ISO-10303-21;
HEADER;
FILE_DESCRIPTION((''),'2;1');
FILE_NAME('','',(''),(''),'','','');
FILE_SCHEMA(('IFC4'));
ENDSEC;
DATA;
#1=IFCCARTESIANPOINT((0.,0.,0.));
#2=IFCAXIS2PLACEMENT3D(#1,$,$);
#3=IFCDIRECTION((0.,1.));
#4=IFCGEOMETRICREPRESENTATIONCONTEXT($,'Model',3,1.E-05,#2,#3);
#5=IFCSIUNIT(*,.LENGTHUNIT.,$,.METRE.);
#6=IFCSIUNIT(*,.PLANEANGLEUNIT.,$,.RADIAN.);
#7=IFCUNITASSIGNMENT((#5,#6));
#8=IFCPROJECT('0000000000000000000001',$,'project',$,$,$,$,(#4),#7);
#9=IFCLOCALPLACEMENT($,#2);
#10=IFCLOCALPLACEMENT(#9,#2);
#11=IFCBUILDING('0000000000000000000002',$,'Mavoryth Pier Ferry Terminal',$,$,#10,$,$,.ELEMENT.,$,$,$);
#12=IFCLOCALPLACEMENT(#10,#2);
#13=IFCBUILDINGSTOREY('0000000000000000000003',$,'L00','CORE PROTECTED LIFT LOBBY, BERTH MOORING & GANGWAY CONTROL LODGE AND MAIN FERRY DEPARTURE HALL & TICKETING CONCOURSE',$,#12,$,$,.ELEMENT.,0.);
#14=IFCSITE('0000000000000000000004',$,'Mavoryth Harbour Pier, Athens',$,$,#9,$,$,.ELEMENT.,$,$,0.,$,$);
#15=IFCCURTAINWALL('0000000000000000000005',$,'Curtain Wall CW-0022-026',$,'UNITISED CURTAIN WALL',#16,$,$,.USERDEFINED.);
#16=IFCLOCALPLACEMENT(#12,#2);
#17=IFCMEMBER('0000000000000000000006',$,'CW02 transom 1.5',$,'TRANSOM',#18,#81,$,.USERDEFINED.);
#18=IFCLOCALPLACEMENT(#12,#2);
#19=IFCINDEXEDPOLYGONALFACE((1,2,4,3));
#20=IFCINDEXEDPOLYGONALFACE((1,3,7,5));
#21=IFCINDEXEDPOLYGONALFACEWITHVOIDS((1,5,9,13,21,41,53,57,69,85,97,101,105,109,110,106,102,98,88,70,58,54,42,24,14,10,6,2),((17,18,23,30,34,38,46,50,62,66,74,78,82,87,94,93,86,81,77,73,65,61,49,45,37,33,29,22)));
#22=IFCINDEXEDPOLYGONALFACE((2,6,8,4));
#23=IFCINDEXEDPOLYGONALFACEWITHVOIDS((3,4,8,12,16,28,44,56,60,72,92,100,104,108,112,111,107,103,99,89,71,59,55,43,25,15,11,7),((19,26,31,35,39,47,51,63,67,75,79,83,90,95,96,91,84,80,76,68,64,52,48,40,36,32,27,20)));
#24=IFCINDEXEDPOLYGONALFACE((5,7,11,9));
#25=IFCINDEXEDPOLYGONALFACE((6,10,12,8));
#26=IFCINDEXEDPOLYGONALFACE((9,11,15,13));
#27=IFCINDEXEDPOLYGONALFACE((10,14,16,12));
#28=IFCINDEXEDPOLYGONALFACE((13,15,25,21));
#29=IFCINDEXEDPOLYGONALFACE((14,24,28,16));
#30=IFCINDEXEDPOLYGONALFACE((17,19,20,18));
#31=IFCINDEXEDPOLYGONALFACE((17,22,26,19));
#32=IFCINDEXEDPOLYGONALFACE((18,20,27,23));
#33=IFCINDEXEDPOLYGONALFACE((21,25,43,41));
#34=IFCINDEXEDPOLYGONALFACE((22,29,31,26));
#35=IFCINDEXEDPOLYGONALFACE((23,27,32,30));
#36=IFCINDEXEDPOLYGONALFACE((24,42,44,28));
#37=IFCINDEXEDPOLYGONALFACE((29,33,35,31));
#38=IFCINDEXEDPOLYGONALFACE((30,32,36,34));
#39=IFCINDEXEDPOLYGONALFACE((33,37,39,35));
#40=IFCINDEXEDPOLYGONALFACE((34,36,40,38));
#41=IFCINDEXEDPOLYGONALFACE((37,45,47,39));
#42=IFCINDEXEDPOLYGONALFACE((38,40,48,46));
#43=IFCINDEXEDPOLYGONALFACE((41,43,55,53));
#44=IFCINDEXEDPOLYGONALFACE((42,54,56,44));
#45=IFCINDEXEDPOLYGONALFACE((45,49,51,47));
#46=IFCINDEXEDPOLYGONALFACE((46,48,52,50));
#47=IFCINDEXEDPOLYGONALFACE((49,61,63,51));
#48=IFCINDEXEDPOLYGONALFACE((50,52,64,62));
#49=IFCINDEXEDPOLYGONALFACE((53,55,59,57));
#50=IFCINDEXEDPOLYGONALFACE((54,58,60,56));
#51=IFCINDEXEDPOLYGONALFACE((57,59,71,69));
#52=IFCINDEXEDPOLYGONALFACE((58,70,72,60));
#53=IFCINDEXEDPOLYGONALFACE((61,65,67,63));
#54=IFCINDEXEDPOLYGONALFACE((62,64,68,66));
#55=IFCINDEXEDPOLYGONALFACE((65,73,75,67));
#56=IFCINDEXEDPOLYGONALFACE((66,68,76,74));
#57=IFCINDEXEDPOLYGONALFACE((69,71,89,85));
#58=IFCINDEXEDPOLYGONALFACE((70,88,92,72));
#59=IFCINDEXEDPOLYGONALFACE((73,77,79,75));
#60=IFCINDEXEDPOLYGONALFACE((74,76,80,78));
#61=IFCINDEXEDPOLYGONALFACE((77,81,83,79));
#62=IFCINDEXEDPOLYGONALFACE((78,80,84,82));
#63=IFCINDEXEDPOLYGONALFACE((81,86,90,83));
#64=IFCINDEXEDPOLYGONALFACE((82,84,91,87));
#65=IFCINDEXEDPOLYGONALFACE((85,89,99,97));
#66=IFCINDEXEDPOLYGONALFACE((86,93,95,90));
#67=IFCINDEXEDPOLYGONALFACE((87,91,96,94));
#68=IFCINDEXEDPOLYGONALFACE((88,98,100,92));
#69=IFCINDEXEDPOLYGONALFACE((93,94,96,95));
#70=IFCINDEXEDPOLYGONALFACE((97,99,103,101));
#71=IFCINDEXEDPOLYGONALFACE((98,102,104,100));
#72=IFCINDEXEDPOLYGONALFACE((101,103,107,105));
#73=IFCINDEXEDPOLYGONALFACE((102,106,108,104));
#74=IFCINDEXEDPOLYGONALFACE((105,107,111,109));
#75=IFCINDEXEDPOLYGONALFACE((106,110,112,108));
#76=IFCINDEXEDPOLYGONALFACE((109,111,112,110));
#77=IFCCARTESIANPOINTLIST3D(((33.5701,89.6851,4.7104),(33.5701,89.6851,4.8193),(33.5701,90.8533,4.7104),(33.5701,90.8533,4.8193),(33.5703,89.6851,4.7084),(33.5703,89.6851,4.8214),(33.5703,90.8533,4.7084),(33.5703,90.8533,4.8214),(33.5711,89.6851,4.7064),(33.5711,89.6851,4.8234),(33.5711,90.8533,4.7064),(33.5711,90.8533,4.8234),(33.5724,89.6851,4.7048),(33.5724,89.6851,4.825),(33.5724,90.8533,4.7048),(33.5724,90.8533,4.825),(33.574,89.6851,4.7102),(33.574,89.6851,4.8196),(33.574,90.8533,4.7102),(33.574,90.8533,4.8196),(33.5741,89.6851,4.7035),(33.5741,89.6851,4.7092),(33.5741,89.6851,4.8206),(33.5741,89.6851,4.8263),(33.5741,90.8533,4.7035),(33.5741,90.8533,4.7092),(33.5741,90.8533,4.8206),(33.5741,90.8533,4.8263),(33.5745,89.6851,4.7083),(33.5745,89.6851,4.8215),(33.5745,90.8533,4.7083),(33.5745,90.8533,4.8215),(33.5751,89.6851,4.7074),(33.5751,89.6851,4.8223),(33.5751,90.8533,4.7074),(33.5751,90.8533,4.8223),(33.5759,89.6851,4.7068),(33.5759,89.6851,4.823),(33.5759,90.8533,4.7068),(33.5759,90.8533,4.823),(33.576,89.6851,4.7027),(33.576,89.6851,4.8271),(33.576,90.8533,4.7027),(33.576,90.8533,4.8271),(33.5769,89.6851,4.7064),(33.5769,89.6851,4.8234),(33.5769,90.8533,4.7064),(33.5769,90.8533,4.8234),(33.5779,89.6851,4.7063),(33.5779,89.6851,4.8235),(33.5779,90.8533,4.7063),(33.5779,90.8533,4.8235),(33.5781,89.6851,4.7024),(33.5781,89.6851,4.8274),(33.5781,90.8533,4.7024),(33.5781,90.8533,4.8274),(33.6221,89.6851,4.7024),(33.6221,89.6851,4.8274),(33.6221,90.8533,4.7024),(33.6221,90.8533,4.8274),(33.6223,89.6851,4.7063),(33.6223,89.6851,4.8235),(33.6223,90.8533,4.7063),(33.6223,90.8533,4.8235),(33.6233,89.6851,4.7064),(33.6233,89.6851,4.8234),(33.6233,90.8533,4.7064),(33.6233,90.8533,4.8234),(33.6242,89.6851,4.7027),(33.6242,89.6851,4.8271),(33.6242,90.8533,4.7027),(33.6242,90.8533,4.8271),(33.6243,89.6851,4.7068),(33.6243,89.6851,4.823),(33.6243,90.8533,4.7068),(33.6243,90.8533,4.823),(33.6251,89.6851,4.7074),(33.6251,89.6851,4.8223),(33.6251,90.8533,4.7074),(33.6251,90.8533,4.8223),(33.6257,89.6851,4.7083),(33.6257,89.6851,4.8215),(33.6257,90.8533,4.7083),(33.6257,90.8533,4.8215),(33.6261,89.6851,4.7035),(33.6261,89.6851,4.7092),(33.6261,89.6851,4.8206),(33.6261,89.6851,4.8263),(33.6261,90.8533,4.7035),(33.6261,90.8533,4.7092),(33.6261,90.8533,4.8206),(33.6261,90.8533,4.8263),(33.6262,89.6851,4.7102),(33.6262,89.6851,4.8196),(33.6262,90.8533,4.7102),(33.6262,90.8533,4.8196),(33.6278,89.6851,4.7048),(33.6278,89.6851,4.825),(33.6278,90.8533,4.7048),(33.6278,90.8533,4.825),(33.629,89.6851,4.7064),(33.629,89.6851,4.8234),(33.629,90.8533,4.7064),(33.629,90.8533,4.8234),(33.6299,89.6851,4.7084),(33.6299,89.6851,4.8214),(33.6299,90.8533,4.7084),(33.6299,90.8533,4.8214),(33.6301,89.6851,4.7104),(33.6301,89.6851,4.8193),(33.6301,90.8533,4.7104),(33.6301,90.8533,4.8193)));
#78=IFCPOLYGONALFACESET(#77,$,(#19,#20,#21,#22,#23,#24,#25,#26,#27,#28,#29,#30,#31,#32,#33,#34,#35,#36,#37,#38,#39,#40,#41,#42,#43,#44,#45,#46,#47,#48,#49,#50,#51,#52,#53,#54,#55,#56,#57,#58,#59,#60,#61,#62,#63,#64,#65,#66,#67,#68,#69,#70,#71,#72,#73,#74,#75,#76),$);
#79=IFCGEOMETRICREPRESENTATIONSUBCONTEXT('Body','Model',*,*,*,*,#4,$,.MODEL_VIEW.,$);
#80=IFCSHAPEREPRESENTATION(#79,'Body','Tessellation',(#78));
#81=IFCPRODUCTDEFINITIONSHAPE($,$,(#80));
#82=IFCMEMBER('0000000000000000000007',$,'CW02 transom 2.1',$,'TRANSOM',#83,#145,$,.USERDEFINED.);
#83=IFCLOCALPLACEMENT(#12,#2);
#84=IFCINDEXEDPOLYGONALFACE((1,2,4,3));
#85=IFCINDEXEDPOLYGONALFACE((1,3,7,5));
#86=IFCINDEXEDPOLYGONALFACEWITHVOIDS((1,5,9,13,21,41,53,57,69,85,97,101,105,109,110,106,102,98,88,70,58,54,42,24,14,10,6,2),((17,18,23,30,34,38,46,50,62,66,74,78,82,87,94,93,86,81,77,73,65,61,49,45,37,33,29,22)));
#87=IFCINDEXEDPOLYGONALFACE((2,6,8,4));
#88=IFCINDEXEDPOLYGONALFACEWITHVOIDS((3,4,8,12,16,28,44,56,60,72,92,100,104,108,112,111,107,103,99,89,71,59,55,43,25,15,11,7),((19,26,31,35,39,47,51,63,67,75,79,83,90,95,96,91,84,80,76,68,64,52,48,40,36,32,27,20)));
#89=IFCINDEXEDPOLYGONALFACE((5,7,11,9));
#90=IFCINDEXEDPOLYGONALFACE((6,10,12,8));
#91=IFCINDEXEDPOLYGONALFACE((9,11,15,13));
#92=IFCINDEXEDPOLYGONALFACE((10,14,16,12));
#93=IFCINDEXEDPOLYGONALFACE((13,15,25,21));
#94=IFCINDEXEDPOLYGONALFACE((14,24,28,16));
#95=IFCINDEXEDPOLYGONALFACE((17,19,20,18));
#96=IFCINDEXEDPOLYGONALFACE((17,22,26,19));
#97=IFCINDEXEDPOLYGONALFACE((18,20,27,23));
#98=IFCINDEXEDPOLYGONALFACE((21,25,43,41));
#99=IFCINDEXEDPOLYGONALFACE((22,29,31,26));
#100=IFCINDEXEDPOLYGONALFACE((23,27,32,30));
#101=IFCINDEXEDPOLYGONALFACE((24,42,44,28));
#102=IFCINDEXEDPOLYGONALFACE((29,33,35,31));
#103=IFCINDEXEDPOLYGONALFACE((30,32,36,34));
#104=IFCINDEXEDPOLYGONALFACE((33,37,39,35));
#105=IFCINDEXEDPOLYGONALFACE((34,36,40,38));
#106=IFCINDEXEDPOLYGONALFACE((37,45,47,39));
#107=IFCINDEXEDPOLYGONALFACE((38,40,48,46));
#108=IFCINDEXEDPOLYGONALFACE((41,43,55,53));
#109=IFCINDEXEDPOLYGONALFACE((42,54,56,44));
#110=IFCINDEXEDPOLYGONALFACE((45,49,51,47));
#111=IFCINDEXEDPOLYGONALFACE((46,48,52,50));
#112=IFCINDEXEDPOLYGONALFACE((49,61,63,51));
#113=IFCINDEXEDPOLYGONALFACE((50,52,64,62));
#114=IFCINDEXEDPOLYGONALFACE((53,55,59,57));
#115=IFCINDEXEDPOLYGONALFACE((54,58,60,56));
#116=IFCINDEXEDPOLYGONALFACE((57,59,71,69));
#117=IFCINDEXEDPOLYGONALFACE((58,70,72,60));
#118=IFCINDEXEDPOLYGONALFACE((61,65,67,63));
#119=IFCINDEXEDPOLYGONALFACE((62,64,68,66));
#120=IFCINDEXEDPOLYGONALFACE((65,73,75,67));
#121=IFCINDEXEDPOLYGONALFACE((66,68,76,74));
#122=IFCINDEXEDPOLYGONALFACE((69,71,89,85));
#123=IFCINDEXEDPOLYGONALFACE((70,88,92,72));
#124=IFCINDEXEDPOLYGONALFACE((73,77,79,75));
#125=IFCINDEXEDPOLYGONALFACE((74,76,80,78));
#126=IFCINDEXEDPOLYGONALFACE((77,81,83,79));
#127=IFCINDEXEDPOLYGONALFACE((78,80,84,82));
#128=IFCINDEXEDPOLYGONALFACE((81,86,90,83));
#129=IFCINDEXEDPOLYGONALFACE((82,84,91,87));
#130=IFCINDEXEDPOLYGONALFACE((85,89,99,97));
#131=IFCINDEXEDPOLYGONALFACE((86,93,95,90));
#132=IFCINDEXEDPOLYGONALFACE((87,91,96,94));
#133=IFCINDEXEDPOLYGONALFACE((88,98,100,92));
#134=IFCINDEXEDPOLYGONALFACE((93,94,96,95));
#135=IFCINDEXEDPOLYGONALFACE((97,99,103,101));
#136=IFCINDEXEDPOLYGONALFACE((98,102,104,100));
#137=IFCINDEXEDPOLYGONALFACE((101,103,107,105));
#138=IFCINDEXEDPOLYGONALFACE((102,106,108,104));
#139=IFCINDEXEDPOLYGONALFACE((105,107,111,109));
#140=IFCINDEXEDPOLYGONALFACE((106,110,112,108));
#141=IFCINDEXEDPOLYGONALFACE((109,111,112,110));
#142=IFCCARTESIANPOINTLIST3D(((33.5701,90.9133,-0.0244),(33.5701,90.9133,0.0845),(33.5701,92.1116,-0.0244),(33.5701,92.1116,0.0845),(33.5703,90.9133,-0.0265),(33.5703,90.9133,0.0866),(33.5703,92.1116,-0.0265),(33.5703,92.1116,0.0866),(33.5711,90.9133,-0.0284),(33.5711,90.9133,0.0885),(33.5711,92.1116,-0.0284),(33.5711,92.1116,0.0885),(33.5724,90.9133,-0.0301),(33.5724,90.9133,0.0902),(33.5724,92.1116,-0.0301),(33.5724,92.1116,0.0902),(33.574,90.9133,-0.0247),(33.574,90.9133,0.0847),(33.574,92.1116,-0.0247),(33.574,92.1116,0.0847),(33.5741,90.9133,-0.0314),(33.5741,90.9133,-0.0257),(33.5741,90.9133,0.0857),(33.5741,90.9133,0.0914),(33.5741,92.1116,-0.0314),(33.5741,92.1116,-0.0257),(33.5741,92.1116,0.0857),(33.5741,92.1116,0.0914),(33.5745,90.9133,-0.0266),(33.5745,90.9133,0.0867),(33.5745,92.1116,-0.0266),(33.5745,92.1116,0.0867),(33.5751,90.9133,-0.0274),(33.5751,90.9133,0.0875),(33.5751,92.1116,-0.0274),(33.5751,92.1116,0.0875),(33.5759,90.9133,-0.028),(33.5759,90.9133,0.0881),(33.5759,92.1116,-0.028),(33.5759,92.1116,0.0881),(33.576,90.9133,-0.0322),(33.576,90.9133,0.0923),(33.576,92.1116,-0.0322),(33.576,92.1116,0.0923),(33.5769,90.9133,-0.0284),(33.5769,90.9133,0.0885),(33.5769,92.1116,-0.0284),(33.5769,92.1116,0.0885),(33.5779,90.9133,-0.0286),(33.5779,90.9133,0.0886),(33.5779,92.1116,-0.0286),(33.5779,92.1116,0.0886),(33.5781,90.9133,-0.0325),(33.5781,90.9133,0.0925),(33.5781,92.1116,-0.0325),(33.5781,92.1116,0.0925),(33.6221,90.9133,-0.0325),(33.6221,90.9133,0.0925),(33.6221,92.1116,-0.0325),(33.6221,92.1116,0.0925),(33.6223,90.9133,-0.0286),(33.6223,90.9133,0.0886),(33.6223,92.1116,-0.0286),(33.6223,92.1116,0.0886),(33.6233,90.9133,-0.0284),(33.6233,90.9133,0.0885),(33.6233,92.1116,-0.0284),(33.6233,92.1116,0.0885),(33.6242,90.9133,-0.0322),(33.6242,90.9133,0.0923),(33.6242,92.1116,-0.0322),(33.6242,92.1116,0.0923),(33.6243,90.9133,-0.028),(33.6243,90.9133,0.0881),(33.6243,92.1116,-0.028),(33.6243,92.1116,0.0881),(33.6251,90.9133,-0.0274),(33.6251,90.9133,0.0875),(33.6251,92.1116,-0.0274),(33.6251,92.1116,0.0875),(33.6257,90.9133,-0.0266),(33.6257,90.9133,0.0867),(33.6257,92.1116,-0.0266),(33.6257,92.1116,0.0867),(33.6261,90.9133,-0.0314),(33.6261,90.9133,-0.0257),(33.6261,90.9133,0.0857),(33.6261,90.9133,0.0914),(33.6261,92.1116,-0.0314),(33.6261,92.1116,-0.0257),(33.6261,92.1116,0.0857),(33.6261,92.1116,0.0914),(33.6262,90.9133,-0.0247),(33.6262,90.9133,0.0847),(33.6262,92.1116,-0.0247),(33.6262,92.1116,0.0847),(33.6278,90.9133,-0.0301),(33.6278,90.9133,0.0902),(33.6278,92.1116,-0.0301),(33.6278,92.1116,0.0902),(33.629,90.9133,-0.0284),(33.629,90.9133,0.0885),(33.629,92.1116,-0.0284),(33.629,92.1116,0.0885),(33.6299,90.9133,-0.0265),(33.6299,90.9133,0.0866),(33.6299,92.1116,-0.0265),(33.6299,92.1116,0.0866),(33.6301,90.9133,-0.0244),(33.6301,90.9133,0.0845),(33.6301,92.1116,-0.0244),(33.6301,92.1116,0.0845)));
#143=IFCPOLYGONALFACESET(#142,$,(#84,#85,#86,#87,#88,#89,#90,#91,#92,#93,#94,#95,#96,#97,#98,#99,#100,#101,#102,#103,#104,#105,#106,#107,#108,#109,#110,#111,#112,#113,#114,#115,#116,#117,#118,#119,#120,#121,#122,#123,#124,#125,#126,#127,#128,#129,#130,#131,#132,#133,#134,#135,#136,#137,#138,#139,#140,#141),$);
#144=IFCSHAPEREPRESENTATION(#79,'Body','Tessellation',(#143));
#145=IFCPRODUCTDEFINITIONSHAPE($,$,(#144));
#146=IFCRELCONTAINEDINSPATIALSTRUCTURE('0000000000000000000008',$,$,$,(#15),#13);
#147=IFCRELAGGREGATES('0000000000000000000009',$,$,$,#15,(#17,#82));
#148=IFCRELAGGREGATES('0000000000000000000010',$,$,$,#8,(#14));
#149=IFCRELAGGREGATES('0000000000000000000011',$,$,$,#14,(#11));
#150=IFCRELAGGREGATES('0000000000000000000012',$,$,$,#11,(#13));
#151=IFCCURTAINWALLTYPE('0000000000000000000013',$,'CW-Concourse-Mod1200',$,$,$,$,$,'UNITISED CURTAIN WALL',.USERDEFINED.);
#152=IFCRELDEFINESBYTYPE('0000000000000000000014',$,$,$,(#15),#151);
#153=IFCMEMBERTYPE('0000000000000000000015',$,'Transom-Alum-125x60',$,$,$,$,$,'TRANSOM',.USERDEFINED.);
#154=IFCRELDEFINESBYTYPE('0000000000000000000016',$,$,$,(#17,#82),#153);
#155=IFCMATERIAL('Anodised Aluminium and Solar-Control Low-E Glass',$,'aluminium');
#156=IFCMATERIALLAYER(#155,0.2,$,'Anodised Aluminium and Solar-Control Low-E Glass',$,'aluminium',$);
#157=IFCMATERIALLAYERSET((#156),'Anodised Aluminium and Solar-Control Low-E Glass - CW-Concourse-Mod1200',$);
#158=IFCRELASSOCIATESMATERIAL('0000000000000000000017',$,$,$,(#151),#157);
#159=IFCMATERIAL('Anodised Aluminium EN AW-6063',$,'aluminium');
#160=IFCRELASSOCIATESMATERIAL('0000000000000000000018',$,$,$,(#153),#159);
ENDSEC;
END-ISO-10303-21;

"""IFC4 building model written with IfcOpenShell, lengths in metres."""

from ifc_helpers import new_model, si_unit, direction, frame, origin, origin_2d, place, context, subcontext, project, spatial, hollow_rectangle, extrude, material, layer, layer_set, material_profile, profile_set, type_object, element, aggregate, save


model = new_model("IFC4")

# Units and contexts
model_context = context("Model", 3, precision=1e-05, world=origin(), true_north=direction((0.0, 1.0)))
body_context = subcontext(model_context, "Body", "Model", "MODEL_VIEW")
ifc_project = project(units=[si_unit("LENGTHUNIT", "METRE"), si_unit("PLANEANGLEUNIT", "RADIAN")], contexts=[model_context])

# Site, building, storey
site_placement = place(None, origin())
site = spatial("IfcSite", under=ifc_project, at=site_placement, Name="Mavoryth Harbour Pier, Athens", CompositionType="ELEMENT", RefElevation=0.0)
building_placement = place(site_placement, origin())
building = spatial("IfcBuilding", under=site, at=building_placement, Name="Mavoryth Pier Ferry Terminal", CompositionType="ELEMENT")
storey_placement = place(building_placement, origin())
storey = spatial("IfcBuildingStorey", under=building, at=storey_placement, Name="L00", Description="CORE PROTECTED LIFT LOBBY, BERTH MOORING & GANGWAY CONTROL LODGE AND MAIN FERRY DEPARTURE HALL & TICKETING CONCOURSE", CompositionType="ELEMENT", Elevation=0.0)

# Curtain wall, members
ifc_material_1 = material(Name="Anodised Aluminium and Solar-Control Low-E Glass", Category="aluminium")
ifc_layer_1 = layer(ifc_material_1, 0.2, Name="Anodised Aluminium and Solar-Control Low-E Glass", Category="aluminium")
ifc_layer_set_1 = layer_set([ifc_layer_1], Name="Anodised Aluminium and Solar-Control Low-E Glass - CW-Concourse-Mod1200")
curtain_wall_type = type_object("IfcCurtainWallType", Name="CW-Concourse-Mod1200", ElementType="UNITISED CURTAIN WALL", PredefinedType="USERDEFINED", material=ifc_layer_set_1)
curtain_wall_placement = place(storey_placement, origin())
curtain_wall = element("IfcCurtainWall", 1, at=curtain_wall_placement, inside=storey, type_object=curtain_wall_type, Name="Curtain Wall CW-0022-026", ObjectType="UNITISED CURTAIN WALL", PredefinedType="USERDEFINED")
ifc_material_2 = material(Name="Anodised Aluminium EN AW-6063", Category="aluminium")
ifc_material_profile_1 = material_profile(ifc_material_2, hollow_rectangle(XDim=0.0601, YDim=0.125, WallThickness=0.0039, InnerFilletRadius=0.0039, OuterFilletRadius=0.0081, at=origin_2d()), Name="AL-TRAN 125x60x4", Category="aluminium")
ifc_profile_set_1 = profile_set([ifc_material_profile_1], Name="Anodised Aluminium EN AW-6063 - AL-TRAN 125x60x4")
member_type_1 = type_object("IfcMemberType", Name="Transom-Alum-125x60", ElementType="TRANSOM", PredefinedType="USERDEFINED", material=ifc_profile_set_1)
member_1_placement = place(storey_placement, frame((33.6001, 89.6851, 4.7649), z_axis=(0.0, 1.0, 0.0), x_axis=(-1.0, 0.0, 0.0)))
member_1 = element("IfcMember", 2, at=member_1_placement, type_object=member_type_1, Name="CW02 transom 1.5", ObjectType="TRANSOM", PredefinedType="USERDEFINED", context=body_context, shape_type="SweptSolid", body=[
    extrude(hollow_rectangle(XDim=0.0601, YDim=0.125, WallThickness=0.0039, InnerFilletRadius=0.0039, OuterFilletRadius=0.0081, at=origin_2d()), origin(), (0.0, 0.0, 1.0), 1.1682),
])
member_2_placement = place(storey_placement, frame((33.6001, 90.9133, 0.03), z_axis=(0.0, 1.0, 0.0), x_axis=(-1.0, 0.0, 0.0)))
member_2 = element("IfcMember", 3, at=member_2_placement, type_object=member_type_1, Name="CW02 transom 2.1", ObjectType="TRANSOM", PredefinedType="USERDEFINED", context=body_context, shape_type="SweptSolid", body=[
    extrude(hollow_rectangle(XDim=0.0601, YDim=0.125, WallThickness=0.0039, InnerFilletRadius=0.0039, OuterFilletRadius=0.0081, at=origin_2d()), origin(), (0.0, 0.0, 1.0), 1.1982),
])
aggregate(curtain_wall, [member_1, member_2])

save(model, "model.ifc")
